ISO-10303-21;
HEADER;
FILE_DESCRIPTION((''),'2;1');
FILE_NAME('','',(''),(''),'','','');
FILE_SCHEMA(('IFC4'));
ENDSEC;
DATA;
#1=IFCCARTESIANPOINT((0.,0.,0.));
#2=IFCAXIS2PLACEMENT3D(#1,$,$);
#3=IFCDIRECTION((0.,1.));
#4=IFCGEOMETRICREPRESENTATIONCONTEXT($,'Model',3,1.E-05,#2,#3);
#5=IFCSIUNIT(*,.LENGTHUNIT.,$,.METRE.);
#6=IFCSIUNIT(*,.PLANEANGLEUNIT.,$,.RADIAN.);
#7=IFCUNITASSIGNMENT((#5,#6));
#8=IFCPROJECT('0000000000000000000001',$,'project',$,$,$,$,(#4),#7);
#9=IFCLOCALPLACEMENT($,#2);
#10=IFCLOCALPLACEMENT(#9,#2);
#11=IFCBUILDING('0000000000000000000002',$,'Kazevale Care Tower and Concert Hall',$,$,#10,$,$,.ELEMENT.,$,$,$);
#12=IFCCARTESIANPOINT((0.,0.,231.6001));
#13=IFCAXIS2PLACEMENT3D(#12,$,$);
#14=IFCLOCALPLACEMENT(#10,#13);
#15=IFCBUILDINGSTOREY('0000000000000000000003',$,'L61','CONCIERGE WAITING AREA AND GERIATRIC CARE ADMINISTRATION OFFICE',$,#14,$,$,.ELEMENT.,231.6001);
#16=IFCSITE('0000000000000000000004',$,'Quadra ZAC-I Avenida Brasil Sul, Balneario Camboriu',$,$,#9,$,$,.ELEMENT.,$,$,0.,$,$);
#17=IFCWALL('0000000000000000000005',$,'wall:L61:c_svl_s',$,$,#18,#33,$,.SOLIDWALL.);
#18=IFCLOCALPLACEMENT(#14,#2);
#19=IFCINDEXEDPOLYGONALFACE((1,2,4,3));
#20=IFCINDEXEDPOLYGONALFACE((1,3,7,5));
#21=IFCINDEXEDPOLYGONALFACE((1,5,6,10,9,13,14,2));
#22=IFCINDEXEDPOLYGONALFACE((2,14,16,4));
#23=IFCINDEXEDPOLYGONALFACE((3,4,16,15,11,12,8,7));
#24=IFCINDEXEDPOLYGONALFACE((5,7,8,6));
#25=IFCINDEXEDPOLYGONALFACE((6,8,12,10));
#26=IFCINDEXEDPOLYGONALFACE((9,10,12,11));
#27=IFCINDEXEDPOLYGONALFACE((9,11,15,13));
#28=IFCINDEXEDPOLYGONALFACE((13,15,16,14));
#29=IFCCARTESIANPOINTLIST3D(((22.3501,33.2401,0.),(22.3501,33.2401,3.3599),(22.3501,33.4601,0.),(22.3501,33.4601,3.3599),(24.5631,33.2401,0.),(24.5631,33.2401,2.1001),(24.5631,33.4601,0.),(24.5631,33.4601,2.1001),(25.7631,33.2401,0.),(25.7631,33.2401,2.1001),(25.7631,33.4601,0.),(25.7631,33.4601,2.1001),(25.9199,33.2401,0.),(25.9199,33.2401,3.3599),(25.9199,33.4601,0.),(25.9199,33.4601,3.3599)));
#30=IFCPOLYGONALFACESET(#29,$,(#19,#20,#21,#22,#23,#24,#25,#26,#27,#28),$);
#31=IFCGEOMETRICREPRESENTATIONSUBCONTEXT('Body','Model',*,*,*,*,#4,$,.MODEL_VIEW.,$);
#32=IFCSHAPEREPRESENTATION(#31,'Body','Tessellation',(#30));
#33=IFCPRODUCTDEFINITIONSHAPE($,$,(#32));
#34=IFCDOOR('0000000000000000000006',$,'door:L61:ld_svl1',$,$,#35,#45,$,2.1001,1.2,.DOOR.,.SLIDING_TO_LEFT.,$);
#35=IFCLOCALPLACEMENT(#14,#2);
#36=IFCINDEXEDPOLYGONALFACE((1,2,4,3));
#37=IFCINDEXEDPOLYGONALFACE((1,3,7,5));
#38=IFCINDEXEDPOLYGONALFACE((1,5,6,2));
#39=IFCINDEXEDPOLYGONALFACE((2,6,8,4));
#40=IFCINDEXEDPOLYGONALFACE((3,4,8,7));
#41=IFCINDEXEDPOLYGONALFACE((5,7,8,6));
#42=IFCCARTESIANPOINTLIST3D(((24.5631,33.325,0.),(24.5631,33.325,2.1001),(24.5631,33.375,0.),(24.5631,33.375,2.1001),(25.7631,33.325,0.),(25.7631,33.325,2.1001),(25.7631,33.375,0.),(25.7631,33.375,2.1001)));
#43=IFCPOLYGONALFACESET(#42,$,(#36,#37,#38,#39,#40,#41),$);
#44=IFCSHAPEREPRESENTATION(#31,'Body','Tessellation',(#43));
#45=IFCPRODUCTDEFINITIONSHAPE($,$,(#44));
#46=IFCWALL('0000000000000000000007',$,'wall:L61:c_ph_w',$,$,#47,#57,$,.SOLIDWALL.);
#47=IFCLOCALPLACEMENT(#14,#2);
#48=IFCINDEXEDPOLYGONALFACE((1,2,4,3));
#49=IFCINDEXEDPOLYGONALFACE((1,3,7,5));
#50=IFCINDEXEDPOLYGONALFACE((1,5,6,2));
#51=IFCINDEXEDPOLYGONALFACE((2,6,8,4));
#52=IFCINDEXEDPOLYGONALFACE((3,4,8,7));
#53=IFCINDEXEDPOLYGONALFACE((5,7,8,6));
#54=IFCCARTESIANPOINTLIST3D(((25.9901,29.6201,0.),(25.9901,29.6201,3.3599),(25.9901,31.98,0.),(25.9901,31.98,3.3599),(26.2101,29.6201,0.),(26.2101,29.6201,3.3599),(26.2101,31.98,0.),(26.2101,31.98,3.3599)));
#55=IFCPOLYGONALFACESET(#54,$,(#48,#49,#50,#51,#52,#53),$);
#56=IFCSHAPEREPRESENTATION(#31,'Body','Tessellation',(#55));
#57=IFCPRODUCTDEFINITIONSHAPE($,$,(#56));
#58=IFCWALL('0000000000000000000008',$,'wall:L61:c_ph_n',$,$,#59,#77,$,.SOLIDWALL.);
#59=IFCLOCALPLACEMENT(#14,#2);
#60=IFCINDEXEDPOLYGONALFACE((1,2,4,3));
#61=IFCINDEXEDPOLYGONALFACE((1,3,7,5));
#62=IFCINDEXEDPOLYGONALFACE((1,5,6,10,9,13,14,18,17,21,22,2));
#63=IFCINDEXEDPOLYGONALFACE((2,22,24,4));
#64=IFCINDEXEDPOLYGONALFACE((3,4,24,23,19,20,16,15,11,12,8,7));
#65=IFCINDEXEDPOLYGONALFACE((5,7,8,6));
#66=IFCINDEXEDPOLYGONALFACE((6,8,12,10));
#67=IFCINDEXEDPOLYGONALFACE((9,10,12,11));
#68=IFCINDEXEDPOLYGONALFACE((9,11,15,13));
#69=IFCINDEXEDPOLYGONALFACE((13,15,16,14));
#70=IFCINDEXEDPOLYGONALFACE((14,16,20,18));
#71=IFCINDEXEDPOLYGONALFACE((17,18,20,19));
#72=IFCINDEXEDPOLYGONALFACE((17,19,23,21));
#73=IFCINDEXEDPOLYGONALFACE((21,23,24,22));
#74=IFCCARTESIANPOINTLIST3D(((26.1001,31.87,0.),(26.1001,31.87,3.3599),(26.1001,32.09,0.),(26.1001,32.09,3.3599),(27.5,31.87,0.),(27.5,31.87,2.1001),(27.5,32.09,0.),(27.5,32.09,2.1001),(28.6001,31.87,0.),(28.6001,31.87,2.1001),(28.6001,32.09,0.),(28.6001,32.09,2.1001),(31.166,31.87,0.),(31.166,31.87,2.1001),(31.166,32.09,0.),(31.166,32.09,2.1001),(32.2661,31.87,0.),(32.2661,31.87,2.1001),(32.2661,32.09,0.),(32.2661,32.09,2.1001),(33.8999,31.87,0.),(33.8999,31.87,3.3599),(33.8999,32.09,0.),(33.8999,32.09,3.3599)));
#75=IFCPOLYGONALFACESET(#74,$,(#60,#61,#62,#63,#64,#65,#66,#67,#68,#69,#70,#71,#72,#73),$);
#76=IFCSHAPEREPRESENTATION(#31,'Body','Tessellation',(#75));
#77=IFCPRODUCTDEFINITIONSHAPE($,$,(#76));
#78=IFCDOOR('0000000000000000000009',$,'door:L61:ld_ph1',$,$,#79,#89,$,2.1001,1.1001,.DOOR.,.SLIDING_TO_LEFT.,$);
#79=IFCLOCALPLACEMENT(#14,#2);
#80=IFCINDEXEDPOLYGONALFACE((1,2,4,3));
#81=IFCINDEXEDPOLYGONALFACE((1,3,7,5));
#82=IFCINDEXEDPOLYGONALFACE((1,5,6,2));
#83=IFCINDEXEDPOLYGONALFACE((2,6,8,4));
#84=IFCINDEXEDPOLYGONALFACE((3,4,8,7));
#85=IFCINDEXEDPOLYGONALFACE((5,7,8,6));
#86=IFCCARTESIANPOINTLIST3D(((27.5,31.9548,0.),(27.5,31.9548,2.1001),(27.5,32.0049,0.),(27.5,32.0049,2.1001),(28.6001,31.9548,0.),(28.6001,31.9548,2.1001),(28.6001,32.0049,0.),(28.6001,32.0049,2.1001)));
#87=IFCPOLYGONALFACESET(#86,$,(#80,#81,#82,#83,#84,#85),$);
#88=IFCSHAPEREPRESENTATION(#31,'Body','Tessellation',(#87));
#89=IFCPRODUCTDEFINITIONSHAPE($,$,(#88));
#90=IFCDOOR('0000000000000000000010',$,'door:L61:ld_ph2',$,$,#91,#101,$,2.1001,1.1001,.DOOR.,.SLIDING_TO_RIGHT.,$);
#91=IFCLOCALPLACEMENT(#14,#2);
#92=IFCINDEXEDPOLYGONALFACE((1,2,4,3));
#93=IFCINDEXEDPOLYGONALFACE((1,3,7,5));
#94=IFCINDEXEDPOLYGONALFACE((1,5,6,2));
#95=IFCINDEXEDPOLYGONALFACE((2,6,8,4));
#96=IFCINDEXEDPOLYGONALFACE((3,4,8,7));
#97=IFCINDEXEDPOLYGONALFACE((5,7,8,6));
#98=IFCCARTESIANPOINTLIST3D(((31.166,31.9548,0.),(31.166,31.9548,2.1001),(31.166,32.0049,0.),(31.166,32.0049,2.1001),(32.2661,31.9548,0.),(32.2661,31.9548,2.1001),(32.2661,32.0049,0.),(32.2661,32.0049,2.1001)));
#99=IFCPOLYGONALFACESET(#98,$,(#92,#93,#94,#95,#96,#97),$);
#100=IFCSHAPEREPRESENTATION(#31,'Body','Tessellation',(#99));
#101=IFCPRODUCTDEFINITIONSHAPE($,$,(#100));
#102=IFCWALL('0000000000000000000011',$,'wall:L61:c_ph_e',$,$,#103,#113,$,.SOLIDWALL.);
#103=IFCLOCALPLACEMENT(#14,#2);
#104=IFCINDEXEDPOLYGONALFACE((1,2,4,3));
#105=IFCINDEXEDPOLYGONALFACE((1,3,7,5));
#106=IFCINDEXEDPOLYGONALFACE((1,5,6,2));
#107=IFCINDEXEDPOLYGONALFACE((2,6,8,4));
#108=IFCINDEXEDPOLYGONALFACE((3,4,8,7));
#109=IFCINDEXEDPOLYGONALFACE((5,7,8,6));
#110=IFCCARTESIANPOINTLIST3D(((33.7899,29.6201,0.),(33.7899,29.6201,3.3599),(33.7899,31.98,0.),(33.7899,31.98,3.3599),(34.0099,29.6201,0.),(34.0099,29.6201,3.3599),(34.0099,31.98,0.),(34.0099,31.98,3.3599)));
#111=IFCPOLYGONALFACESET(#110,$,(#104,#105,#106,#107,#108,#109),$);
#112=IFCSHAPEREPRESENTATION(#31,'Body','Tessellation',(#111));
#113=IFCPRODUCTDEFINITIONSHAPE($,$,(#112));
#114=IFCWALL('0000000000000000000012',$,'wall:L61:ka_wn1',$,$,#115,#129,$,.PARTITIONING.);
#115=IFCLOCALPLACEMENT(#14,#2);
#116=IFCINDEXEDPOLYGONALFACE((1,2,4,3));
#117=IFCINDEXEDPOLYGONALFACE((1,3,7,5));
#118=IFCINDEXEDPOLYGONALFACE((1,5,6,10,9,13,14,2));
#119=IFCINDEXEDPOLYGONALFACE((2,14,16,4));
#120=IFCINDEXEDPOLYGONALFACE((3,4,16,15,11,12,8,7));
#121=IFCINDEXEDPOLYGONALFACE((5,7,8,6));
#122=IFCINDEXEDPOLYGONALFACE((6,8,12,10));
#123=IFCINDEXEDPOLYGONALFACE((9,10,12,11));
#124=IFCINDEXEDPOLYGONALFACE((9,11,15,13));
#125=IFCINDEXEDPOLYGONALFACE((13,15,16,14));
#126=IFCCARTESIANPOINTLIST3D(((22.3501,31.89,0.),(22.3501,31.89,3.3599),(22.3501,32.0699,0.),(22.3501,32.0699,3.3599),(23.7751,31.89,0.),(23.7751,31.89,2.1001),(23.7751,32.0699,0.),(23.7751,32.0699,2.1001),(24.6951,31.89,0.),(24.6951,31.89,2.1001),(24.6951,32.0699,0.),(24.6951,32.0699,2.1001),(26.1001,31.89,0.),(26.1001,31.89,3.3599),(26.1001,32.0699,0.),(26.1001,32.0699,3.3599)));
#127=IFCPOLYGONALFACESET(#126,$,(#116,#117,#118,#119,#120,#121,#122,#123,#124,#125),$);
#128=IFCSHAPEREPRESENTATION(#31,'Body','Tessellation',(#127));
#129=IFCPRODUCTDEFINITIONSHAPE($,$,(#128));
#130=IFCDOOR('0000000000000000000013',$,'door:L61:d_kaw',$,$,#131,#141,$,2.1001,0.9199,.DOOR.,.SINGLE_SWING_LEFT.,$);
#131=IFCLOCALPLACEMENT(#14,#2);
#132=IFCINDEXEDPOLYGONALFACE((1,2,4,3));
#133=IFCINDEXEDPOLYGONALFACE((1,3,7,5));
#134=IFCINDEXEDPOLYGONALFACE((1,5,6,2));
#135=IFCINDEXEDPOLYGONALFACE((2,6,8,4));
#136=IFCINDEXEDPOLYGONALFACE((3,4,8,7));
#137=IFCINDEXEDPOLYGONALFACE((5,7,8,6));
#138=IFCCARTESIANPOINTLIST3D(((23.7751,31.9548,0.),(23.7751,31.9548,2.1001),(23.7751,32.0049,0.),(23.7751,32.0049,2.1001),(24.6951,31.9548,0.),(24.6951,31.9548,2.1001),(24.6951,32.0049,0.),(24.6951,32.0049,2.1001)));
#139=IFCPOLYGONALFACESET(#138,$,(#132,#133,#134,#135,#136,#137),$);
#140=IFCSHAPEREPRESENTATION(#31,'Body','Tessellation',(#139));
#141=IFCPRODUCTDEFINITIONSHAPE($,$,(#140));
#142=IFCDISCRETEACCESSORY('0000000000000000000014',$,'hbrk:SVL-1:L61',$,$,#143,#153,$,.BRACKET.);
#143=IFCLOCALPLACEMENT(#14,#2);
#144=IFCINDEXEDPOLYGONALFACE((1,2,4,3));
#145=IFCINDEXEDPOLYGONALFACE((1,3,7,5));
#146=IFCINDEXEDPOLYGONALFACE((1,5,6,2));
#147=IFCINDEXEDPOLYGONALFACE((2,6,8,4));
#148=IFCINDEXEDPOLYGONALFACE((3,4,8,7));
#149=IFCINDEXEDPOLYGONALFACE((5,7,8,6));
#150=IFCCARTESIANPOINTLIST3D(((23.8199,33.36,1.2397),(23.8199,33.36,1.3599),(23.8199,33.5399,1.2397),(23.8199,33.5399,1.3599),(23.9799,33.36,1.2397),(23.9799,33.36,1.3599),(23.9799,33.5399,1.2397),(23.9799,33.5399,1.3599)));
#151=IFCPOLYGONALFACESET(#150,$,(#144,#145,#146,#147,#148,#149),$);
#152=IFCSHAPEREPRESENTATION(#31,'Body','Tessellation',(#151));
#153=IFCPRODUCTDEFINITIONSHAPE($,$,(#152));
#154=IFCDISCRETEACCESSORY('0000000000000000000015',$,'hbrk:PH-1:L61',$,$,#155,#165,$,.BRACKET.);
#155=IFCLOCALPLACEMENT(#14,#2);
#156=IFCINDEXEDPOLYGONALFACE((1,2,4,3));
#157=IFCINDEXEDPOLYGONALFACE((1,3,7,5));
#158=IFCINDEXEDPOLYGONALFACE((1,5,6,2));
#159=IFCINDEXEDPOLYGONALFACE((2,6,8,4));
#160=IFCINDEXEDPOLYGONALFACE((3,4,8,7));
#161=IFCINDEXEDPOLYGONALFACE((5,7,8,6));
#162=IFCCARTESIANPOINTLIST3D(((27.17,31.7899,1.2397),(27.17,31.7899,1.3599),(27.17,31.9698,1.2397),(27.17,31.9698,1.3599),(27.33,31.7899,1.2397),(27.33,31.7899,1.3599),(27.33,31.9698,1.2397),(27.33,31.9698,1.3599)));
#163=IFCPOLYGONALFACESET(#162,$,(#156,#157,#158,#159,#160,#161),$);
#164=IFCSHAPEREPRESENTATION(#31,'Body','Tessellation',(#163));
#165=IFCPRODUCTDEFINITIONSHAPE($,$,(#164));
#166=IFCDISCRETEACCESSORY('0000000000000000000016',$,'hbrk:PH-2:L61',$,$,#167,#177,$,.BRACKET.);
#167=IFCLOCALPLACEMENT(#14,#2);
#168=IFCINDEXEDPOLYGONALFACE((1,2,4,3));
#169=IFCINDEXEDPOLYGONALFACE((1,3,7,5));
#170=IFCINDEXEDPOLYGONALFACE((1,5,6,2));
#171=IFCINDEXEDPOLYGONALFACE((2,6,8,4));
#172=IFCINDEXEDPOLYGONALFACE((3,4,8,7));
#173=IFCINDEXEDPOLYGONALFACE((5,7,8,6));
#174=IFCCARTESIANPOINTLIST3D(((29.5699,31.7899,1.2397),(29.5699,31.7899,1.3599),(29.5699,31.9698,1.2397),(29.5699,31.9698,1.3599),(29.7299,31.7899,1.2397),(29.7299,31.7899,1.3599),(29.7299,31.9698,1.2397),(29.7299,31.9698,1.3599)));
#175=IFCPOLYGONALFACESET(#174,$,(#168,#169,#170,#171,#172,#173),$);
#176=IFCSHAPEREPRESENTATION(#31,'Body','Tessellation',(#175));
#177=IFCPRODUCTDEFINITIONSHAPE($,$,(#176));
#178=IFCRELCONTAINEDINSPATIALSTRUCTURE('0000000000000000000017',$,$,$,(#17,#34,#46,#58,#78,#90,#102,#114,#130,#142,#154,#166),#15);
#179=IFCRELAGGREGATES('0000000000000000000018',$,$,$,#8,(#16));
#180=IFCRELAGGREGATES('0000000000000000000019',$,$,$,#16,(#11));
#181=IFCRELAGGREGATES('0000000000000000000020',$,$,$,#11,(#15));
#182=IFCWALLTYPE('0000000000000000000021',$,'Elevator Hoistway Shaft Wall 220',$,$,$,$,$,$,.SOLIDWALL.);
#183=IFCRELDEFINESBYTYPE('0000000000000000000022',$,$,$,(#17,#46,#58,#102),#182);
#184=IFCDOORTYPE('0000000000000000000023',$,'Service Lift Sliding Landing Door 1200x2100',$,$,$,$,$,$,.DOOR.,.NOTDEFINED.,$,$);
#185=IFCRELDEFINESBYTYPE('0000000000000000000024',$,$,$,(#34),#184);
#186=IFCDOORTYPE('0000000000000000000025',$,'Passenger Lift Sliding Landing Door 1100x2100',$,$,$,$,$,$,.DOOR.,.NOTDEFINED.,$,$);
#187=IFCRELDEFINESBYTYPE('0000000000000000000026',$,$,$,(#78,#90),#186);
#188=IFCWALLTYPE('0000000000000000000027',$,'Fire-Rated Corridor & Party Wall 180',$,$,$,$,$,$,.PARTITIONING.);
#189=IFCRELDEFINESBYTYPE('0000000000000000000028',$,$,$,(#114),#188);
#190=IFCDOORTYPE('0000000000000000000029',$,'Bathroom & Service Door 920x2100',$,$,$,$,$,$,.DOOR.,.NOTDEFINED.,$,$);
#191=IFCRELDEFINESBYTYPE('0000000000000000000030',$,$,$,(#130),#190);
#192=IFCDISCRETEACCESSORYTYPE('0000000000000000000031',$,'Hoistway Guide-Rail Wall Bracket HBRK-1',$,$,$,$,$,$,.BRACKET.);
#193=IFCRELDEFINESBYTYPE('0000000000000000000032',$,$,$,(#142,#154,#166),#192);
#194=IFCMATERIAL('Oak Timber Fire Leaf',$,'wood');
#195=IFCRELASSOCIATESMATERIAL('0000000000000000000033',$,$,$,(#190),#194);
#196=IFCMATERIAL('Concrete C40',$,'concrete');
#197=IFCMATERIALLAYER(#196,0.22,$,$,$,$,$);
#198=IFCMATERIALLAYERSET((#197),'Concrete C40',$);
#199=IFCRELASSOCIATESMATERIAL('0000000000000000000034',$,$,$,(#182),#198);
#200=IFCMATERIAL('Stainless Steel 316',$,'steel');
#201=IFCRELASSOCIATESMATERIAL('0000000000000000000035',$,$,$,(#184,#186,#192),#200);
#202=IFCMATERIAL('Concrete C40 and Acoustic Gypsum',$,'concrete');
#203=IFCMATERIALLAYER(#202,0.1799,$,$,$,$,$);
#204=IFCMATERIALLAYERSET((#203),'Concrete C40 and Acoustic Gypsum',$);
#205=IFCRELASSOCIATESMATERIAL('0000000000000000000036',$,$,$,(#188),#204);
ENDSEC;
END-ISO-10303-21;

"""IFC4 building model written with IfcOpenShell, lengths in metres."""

from ifc_helpers import new_model, si_unit, direction, frame, frame_2d, origin, origin_2d, place, context, subcontext, project, spatial, rectangle, extrude, material, layer, layer_set, type_object, element, fill, save


model = new_model("IFC4")

# Units and contexts
model_context = context("Model", 3, precision=1e-05, world=origin(), true_north=direction((0.0, 1.0)))
body_context = subcontext(model_context, "Body", "Model", "MODEL_VIEW")
ifc_project = project(units=[si_unit("LENGTHUNIT", "METRE"), si_unit("PLANEANGLEUNIT", "RADIAN")], contexts=[model_context])

# Site, building, storey
site_placement = place(None, origin())
site = spatial("IfcSite", under=ifc_project, at=site_placement, Name="Quadra ZAC-I Avenida Brasil Sul, Balneario Camboriu", CompositionType="ELEMENT", RefElevation=0.0)
building_placement = place(site_placement, origin())
building = spatial("IfcBuilding", under=site, at=building_placement, Name="Kazevale Care Tower and Concert Hall", CompositionType="ELEMENT")
storey_placement = place(building_placement, frame((0.0, 0.0, 231.6001)))
storey = spatial("IfcBuildingStorey", under=building, at=storey_placement, Name="L61", Description="CONCIERGE WAITING AREA AND GERIATRIC CARE ADMINISTRATION OFFICE", CompositionType="ELEMENT", Elevation=231.6001)

# Shared definitions
ifc_material_1 = material(Name="Oak Timber Fire Leaf", Category="wood")
door_type_1 = type_object("IfcDoorType", Name="Bathroom & Service Door 920x2100", OperationType="NOTDEFINED", PredefinedType="DOOR", material=ifc_material_1)

# Shared definitions
ifc_material_2 = material(Name="Concrete C40", Category="concrete")
ifc_layer_1 = layer(ifc_material_2, 0.22)
ifc_layer_set_1 = layer_set([ifc_layer_1], Name="Concrete C40")
wall_type_1 = type_object("IfcWallType", Name="Elevator Hoistway Shaft Wall 220", PredefinedType="SOLIDWALL", material=ifc_layer_set_1)

# Wall, opening, door
wall_1_placement = place(storey_placement, frame((22.3501, 33.3501, 0.0), z_axis=(0.0, 0.0, 1.0), x_axis=(1.0, 0.0, 0.0)))
wall_1 = element("IfcWall", 1, at=wall_1_placement, inside=storey, type_object=wall_type_1, Name="wall:L61:c_svl_s", PredefinedType="SOLIDWALL", context=body_context, shape_type="SweptSolid", body=[
    extrude(rectangle(XDim=3.5698, YDim=0.22, at=frame_2d((1.7849, 0.0))), origin(), (0.0, 0.0, 1.0), 3.3599),
])
opening_1_placement = place(wall_1_placement, frame((2.2129, 0.0, 0.0)))
opening_1 = element("IfcOpeningElement", 2, at=opening_1_placement, cuts=wall_1, PredefinedType="OPENING", context=body_context, shape_type="SweptSolid", body=[
    extrude(rectangle(XDim=1.2, YDim=2.1001, at=frame_2d((0.6001, 1.05))), frame((0.0, 0.1199, 0.0), z_axis=(0.0, -1.0, 0.0), x_axis=(1.0, 0.0, 0.0)), (0.0, 0.0, 1.0), 0.24),
])
ifc_material_3 = material(Name="Stainless Steel 316", Category="steel")
door_type_2 = type_object("IfcDoorType", Name="Service Lift Sliding Landing Door 1200x2100", OperationType="NOTDEFINED", PredefinedType="DOOR", material=ifc_material_3)
door_1_placement = place(opening_1_placement, origin())
door_1 = element("IfcDoor", 3, at=door_1_placement, inside=storey, type_object=door_type_2, Name="door:L61:ld_svl1", OperationType="SLIDING_TO_LEFT", OverallHeight=2.1001, OverallWidth=1.2, PredefinedType="DOOR", context=body_context, shape_type="SweptSolid", body=[
    extrude(rectangle(XDim=1.2, YDim=2.1001, at=frame_2d((0.6001, 1.05))), frame((0.0, 0.0249, 0.0), z_axis=(0.0, -1.0, 0.0), x_axis=(1.0, 0.0, 0.0)), (0.0, 0.0, 1.0), 0.05),
])
fill(opening_1, door_1)

# Wall
wall_2_placement = place(storey_placement, frame((26.1001, 29.6201, 0.0), z_axis=(0.0, 0.0, 1.0), x_axis=(0.0, 1.0, 0.0)))
element("IfcWall", 4, at=wall_2_placement, inside=storey, type_object=wall_type_1, Name="wall:L61:c_ph_w", PredefinedType="SOLIDWALL", context=body_context, shape_type="SweptSolid", body=[
    extrude(rectangle(XDim=2.3599, YDim=0.22, at=frame_2d((1.1799, 0.0))), origin(), (0.0, 0.0, 1.0), 3.3599),
])

# Wall, openings, doors
wall_3_placement = place(storey_placement, frame((26.1001, 31.98, 0.0), z_axis=(0.0, 0.0, 1.0), x_axis=(1.0, 0.0, 0.0)))
wall_3 = element("IfcWall", 5, at=wall_3_placement, inside=storey, type_object=wall_type_1, Name="wall:L61:c_ph_n", PredefinedType="SOLIDWALL", context=body_context, shape_type="SweptSolid", body=[
    extrude(rectangle(XDim=7.7998, YDim=0.22, at=frame_2d((3.8999, 0.0))), origin(), (0.0, 0.0, 1.0), 3.3599),
])
opening_2_placement = place(wall_3_placement, frame((1.3999, 0.0, 0.0)))
opening_2 = element("IfcOpeningElement", 6, at=opening_2_placement, cuts=wall_3, PredefinedType="OPENING", context=body_context, shape_type="SweptSolid", body=[
    extrude(rectangle(XDim=1.1001, YDim=2.1001, at=frame_2d((0.55, 1.05))), frame((0.0, 0.1199, 0.0), z_axis=(0.0, -1.0, 0.0), x_axis=(1.0, 0.0, 0.0)), (0.0, 0.0, 1.0), 0.24),
])
opening_3_placement = place(wall_3_placement, frame((5.0659, 0.0, 0.0)))
opening_3 = element("IfcOpeningElement", 7, at=opening_3_placement, cuts=wall_3, PredefinedType="OPENING", context=body_context, shape_type="SweptSolid", body=[
    extrude(rectangle(XDim=1.1001, YDim=2.1001, at=frame_2d((0.55, 1.05))), frame((0.0, 0.1199, 0.0), z_axis=(0.0, -1.0, 0.0), x_axis=(1.0, 0.0, 0.0)), (0.0, 0.0, 1.0), 0.24),
])
door_type_3 = type_object("IfcDoorType", Name="Passenger Lift Sliding Landing Door 1100x2100", OperationType="NOTDEFINED", PredefinedType="DOOR", material=ifc_material_3)
door_2_placement = place(opening_2_placement, origin())
door_2 = element("IfcDoor", 8, at=door_2_placement, inside=storey, type_object=door_type_3, Name="door:L61:ld_ph1", OperationType="SLIDING_TO_LEFT", OverallHeight=2.1001, OverallWidth=1.1001, PredefinedType="DOOR", context=body_context, shape_type="SweptSolid", body=[
    extrude(rectangle(XDim=1.1001, YDim=2.1001, at=frame_2d((0.55, 1.05))), frame((0.0, 0.0249, 0.0), z_axis=(0.0, -1.0, 0.0), x_axis=(1.0, 0.0, 0.0)), (0.0, 0.0, 1.0), 0.05),
])
fill(opening_2, door_2)
door_3_placement = place(opening_3_placement, origin())
door_3 = element("IfcDoor", 9, at=door_3_placement, inside=storey, type_object=door_type_3, Name="door:L61:ld_ph2", OperationType="SLIDING_TO_RIGHT", OverallHeight=2.1001, OverallWidth=1.1001, PredefinedType="DOOR", context=body_context, shape_type="SweptSolid", body=[
    extrude(rectangle(XDim=1.1001, YDim=2.1001, at=frame_2d((0.55, 1.05))), frame((0.0, 0.0249, 0.0), z_axis=(0.0, -1.0, 0.0), x_axis=(1.0, 0.0, 0.0)), (0.0, 0.0, 1.0), 0.05),
])
fill(opening_3, door_3)

# Wall
wall_4_placement = place(storey_placement, frame((33.8999, 29.6201, 0.0), z_axis=(0.0, 0.0, 1.0), x_axis=(0.0, 1.0, 0.0)))
element("IfcWall", 10, at=wall_4_placement, inside=storey, type_object=wall_type_1, Name="wall:L61:c_ph_e", PredefinedType="SOLIDWALL", context=body_context, shape_type="SweptSolid", body=[
    extrude(rectangle(XDim=2.3599, YDim=0.22, at=frame_2d((1.1799, 0.0))), origin(), (0.0, 0.0, 1.0), 3.3599),
])

# Wall, opening, door
ifc_material_4 = material(Name="Concrete C40 and Acoustic Gypsum", Category="concrete")
ifc_layer_2 = layer(ifc_material_4, 0.1799)
ifc_layer_set_2 = layer_set([ifc_layer_2], Name="Concrete C40 and Acoustic Gypsum")
wall_type_2 = type_object("IfcWallType", Name="Fire-Rated Corridor & Party Wall 180", PredefinedType="PARTITIONING", material=ifc_layer_set_2)
wall_5_placement = place(storey_placement, frame((22.3501, 31.98, 0.0), z_axis=(0.0, 0.0, 1.0), x_axis=(1.0, 0.0, 0.0)))
wall_5 = element("IfcWall", 11, at=wall_5_placement, inside=storey, type_object=wall_type_2, Name="wall:L61:ka_wn1", PredefinedType="PARTITIONING", context=body_context, shape_type="SweptSolid", body=[
    extrude(rectangle(XDim=3.75, YDim=0.1799, at=frame_2d((1.875, 0.0))), origin(), (0.0, 0.0, 1.0), 3.3599),
])
opening_4_placement = place(wall_5_placement, frame((1.425, 0.0, 0.0)))
opening_4 = element("IfcOpeningElement", 12, at=opening_4_placement, cuts=wall_5, PredefinedType="OPENING", context=body_context, shape_type="SweptSolid", body=[
    extrude(rectangle(XDim=0.9199, YDim=2.1001, at=frame_2d((0.46, 1.05))), frame((0.0, 0.0999, 0.0), z_axis=(0.0, -1.0, 0.0), x_axis=(1.0, 0.0, 0.0)), (0.0, 0.0, 1.0), 0.2),
])
door_4_placement = place(opening_4_placement, origin())
door_4 = element("IfcDoor", 13, at=door_4_placement, inside=storey, type_object=door_type_1, Name="door:L61:d_kaw", OperationType="SINGLE_SWING_LEFT", OverallHeight=2.1001, OverallWidth=0.9199, PredefinedType="DOOR", context=body_context, shape_type="SweptSolid", body=[
    extrude(rectangle(XDim=0.9199, YDim=2.1001, at=frame_2d((0.46, 1.05))), frame((0.0, 0.0249, 0.0), z_axis=(0.0, -1.0, 0.0), x_axis=(1.0, 0.0, 0.0)), (0.0, 0.0, 1.0), 0.05),
])
fill(opening_4, door_4)

# Discrete accessories
discrete_accessory_type = type_object("IfcDiscreteAccessoryType", Name="Hoistway Guide-Rail Wall Bracket HBRK-1", PredefinedType="BRACKET", material=ifc_material_3)
for number, where, z_axis, x_axis, name in (
    (14, (23.8999, 33.45, 1.2397), (0.0, 0.0, 1.0), (1.0, 0.0, 0.0), "hbrk:SVL-1:L61"),
    (15, (27.25, 31.8799, 1.2397), (0.0, 0.0, 1.0), (1.0, 0.0, 0.0), "hbrk:PH-1:L61"),
    (16, (29.6499, 31.8799, 1.2397), (0.0, 0.0, 1.0), (1.0, 0.0, 0.0), "hbrk:PH-2:L61"),
):
    element("IfcDiscreteAccessory", number, at=place(storey_placement, frame(where, z_axis=z_axis, x_axis=x_axis)), inside=storey, type_object=discrete_accessory_type, Name=name, PredefinedType="BRACKET", context=body_context, shape_type="SweptSolid", body=[
        extrude(rectangle(XDim=0.1599, YDim=0.1799, at=origin_2d()), origin(), (0.0, 0.0, 1.0), 0.1201),
    ])

save(model, "model.ifc")
